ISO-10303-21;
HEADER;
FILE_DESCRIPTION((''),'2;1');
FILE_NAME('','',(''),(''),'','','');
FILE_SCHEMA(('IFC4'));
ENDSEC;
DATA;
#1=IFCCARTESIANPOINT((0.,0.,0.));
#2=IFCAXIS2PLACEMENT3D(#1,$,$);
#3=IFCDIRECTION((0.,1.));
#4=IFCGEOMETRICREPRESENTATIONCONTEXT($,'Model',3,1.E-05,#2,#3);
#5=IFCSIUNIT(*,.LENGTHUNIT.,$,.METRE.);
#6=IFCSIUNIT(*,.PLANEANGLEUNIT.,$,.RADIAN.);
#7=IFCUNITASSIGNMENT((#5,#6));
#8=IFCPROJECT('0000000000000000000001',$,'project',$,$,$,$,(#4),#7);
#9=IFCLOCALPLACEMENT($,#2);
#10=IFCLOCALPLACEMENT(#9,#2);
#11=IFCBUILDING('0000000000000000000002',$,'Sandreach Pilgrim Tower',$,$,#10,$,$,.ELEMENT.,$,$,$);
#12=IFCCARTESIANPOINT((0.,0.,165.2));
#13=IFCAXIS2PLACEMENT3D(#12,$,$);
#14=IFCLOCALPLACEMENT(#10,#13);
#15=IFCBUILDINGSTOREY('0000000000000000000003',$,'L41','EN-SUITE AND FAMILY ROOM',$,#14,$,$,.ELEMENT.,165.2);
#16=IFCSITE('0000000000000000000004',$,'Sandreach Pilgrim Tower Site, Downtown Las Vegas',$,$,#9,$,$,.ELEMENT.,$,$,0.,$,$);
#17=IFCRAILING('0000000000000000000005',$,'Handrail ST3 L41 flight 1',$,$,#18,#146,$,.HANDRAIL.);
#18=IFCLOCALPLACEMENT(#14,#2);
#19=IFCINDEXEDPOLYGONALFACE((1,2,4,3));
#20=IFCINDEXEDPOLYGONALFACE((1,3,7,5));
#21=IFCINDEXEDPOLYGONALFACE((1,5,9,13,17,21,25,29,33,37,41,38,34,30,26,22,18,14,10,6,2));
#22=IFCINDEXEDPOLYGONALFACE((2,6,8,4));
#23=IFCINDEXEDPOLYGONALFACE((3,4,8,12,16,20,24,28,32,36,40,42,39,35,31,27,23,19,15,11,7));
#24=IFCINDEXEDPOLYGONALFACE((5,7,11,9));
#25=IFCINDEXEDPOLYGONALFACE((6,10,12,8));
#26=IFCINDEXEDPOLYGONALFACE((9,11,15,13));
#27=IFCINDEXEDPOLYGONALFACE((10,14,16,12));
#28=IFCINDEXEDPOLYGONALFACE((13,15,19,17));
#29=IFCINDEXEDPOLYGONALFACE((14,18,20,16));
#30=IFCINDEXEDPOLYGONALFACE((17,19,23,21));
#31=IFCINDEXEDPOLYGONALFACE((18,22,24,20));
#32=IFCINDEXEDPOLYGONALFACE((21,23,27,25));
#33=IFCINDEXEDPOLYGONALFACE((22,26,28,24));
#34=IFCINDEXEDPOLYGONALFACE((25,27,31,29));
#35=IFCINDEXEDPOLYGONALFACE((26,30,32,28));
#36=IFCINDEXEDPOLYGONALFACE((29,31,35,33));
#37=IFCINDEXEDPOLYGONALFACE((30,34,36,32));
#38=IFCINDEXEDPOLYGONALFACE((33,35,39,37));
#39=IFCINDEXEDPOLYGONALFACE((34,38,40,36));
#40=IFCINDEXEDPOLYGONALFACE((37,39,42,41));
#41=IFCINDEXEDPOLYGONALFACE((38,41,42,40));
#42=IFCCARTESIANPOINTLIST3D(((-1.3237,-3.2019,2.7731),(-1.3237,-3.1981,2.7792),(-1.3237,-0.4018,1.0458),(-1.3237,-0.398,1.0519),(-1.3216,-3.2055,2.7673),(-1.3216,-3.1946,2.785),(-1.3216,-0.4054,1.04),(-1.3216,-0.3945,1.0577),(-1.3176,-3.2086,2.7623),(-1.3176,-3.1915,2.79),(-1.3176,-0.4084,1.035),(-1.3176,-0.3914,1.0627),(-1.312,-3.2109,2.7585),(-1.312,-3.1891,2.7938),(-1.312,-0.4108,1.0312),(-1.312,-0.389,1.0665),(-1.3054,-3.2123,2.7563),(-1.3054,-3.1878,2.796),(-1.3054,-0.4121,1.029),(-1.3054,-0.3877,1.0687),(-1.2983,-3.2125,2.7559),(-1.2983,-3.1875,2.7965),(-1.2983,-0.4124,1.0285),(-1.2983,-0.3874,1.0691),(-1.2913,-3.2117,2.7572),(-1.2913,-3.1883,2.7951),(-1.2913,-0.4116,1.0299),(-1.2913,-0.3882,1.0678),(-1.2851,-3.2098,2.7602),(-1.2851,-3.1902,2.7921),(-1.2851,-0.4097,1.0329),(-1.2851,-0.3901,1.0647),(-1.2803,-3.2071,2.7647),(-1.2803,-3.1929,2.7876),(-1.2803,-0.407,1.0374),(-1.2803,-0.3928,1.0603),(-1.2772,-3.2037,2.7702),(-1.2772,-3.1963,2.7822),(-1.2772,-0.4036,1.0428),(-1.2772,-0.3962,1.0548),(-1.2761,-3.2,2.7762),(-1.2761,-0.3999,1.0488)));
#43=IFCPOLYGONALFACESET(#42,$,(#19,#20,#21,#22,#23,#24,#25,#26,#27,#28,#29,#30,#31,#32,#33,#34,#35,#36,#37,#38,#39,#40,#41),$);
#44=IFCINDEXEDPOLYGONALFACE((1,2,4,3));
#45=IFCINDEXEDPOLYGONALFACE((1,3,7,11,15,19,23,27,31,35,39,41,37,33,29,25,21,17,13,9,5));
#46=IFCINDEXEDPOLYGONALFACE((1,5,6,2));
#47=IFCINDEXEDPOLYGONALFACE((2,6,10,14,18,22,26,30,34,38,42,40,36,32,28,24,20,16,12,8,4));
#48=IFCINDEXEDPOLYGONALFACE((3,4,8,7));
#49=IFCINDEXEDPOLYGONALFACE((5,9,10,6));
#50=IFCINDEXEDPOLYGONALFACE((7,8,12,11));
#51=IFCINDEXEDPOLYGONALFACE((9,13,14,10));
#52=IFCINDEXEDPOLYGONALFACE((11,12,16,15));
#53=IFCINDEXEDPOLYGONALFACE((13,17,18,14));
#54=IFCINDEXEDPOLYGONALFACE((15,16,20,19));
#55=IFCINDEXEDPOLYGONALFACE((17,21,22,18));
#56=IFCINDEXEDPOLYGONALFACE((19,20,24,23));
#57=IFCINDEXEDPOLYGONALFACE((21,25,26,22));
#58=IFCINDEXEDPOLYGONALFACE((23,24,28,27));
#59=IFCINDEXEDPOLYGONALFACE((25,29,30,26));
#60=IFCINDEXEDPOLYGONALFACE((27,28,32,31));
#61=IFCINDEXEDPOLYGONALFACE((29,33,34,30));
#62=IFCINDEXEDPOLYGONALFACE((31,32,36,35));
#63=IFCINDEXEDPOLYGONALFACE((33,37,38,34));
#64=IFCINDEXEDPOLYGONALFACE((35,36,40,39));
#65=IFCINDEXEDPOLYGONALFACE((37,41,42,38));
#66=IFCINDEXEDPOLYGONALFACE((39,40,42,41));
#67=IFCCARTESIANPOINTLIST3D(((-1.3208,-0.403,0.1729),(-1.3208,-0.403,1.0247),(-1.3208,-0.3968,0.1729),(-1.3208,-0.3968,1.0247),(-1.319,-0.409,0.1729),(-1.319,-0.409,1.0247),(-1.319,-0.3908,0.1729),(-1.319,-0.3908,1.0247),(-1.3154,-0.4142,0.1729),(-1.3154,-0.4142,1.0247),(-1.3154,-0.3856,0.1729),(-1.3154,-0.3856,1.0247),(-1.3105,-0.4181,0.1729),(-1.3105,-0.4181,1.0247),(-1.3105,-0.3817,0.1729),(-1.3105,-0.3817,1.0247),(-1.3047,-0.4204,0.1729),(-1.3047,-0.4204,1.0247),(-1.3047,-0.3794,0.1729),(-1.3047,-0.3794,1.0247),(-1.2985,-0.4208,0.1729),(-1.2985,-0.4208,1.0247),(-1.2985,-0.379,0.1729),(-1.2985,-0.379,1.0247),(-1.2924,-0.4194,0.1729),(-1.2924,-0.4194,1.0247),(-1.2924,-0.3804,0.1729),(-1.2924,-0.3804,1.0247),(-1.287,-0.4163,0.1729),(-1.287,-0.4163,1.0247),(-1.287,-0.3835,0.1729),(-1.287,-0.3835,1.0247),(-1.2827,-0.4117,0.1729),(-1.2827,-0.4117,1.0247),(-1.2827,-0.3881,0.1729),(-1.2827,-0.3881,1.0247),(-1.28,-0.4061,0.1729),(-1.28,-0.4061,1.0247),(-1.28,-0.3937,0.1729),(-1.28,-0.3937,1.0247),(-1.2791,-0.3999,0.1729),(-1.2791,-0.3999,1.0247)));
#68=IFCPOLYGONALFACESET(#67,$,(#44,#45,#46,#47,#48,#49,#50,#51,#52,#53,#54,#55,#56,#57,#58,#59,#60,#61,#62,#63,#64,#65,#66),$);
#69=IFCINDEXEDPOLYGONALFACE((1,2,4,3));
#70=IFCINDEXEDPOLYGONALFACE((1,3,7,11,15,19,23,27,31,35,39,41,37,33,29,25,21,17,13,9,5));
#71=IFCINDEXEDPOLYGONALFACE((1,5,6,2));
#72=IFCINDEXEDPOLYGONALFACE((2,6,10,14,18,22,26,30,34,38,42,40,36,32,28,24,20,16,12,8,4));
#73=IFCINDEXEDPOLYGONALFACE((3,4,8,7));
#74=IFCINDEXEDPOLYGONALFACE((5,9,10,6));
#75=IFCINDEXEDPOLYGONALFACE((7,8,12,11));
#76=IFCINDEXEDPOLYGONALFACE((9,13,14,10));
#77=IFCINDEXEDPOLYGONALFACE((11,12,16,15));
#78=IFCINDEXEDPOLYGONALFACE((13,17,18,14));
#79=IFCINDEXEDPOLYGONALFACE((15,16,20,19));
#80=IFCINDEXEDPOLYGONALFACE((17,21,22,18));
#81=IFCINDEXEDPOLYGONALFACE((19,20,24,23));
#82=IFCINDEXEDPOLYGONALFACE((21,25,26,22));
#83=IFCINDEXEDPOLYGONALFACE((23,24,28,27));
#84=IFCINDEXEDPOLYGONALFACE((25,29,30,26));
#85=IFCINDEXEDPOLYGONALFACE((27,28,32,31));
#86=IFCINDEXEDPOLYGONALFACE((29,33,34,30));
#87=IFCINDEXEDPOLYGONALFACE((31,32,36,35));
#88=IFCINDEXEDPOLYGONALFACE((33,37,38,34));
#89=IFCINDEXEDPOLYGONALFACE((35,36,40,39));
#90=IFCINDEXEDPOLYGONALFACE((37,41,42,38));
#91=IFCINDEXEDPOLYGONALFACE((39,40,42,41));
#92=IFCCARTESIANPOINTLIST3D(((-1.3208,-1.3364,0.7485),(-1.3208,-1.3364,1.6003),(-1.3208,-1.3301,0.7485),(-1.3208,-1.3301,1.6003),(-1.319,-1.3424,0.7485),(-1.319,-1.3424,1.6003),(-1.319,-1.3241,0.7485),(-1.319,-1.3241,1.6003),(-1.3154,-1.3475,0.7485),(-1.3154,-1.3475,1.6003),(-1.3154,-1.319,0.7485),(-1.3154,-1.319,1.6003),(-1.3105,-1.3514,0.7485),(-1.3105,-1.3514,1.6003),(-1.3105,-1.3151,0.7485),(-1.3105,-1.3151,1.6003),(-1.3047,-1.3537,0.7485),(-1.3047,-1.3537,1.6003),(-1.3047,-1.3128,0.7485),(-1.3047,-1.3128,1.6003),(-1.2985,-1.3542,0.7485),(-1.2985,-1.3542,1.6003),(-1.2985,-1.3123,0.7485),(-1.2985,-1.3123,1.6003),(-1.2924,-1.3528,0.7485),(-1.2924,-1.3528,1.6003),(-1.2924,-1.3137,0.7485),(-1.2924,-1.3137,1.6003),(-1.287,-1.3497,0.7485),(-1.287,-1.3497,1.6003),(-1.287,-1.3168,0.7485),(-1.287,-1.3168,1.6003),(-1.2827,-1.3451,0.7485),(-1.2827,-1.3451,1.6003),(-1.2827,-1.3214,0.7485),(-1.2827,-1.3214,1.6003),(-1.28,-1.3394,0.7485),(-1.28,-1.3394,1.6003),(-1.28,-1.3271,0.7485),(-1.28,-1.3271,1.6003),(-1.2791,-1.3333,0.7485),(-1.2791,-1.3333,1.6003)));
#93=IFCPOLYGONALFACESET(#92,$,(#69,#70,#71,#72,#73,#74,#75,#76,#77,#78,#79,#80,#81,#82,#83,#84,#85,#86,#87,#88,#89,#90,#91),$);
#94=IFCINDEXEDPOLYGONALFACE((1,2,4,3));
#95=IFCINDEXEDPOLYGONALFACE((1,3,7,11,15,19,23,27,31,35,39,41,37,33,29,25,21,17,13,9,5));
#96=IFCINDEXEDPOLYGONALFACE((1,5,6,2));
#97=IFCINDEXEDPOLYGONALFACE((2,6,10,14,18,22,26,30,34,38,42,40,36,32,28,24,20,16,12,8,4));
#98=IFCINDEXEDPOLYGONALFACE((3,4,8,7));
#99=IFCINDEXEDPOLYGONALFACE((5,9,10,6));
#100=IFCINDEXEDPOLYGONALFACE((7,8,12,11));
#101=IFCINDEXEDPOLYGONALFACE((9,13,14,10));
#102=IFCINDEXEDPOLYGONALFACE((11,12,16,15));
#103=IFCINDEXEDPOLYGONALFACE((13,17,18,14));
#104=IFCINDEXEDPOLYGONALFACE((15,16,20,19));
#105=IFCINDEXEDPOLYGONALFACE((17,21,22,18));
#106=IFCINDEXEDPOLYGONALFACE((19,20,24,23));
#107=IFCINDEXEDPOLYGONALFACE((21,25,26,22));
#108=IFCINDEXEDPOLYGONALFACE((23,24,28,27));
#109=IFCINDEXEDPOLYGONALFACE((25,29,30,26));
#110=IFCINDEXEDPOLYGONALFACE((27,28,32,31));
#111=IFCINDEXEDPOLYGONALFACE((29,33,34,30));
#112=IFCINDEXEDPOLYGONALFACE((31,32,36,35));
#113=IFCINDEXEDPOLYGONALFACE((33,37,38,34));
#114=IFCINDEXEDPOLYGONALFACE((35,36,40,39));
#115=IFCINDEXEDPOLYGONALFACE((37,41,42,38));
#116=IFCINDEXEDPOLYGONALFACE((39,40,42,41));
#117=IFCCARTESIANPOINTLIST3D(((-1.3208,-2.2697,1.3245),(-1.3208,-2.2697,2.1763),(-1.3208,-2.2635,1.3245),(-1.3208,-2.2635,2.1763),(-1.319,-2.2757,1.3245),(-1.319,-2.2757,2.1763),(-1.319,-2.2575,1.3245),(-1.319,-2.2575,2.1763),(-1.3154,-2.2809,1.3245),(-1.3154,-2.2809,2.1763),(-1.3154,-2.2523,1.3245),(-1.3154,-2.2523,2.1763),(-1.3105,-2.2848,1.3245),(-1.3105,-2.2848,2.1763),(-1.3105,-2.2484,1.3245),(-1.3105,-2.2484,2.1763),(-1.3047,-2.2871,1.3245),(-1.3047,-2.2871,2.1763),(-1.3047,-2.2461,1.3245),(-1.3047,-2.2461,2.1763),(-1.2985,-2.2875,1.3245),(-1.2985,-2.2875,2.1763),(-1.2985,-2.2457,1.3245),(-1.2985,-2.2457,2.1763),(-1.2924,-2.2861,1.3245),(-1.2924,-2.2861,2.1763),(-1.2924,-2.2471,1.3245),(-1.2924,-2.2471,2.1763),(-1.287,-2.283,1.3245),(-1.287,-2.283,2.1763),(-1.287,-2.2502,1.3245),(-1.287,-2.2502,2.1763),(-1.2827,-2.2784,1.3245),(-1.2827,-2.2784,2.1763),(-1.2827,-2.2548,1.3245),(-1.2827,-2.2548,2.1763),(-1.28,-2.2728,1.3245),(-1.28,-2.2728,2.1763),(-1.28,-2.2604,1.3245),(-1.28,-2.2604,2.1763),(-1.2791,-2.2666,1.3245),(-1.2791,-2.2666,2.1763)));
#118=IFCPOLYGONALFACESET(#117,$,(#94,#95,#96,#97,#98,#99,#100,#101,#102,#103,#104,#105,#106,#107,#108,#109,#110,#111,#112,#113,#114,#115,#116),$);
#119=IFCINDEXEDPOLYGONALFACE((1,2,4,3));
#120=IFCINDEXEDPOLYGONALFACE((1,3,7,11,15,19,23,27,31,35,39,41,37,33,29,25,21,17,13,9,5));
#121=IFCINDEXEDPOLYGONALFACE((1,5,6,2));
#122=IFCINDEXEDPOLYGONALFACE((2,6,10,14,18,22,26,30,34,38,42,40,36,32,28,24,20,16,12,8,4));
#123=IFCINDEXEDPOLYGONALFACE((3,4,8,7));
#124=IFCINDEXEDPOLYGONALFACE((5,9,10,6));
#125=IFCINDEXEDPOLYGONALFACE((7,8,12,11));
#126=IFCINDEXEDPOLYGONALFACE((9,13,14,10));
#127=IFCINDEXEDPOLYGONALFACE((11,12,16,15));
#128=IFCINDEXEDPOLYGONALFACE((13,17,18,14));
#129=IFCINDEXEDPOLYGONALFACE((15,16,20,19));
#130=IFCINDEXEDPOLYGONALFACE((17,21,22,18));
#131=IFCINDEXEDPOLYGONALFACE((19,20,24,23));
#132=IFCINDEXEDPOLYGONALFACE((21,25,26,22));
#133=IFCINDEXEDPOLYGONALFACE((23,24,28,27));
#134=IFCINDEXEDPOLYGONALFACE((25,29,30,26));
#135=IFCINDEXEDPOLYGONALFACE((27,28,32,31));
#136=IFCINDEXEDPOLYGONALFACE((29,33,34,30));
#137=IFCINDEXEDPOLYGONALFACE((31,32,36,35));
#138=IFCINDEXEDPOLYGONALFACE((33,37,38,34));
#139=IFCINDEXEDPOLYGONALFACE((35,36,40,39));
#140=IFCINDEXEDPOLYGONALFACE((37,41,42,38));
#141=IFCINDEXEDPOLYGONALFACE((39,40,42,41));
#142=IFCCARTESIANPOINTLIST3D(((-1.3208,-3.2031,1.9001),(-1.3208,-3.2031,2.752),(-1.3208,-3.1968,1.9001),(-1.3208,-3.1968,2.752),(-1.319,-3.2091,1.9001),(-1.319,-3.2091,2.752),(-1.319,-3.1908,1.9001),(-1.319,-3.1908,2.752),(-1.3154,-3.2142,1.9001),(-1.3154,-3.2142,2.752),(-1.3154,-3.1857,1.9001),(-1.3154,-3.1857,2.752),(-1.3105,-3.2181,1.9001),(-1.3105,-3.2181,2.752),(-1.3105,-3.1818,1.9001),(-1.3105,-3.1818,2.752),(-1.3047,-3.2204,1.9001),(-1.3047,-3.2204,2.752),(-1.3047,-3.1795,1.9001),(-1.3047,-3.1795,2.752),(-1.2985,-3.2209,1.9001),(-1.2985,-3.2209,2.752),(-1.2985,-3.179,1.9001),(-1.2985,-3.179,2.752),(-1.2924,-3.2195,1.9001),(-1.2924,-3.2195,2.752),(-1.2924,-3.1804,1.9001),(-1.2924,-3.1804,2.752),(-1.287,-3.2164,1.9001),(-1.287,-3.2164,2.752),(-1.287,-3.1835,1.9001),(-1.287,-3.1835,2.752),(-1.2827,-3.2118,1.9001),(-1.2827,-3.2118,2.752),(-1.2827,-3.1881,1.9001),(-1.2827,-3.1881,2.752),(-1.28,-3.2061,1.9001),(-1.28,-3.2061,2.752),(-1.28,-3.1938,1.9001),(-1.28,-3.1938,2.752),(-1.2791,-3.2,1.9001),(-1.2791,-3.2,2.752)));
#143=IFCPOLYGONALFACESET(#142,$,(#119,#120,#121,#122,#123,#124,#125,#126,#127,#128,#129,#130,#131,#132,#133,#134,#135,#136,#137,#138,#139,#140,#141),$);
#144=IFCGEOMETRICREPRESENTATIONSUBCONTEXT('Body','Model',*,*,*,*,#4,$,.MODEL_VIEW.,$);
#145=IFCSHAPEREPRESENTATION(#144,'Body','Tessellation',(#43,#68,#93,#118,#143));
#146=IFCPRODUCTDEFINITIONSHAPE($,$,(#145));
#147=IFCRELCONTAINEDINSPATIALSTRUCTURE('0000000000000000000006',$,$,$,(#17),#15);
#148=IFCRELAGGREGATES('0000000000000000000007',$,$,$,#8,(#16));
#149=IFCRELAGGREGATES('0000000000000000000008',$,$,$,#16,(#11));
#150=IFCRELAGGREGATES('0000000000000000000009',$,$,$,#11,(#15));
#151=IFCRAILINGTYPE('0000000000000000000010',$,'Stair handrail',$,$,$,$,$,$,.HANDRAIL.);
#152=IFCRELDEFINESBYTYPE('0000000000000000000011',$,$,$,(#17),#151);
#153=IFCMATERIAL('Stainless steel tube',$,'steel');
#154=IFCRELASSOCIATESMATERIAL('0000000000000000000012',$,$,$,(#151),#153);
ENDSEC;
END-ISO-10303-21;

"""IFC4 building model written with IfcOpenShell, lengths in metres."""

from ifc_helpers import new_model, si_unit, direction, frame, origin, origin_2d, place, context, subcontext, project, spatial, circle, extrude, material, type_object, element, save


model = new_model("IFC4")

# Units and contexts
model_context = context("Model", 3, precision=1e-05, world=origin(), true_north=direction((0.0, 1.0)))
body_context = subcontext(model_context, "Body", "Model", "MODEL_VIEW")
ifc_project = project(units=[si_unit("LENGTHUNIT", "METRE"), si_unit("PLANEANGLEUNIT", "RADIAN")], contexts=[model_context])

# Site, building, storey
site_placement = place(None, origin())
site = spatial("IfcSite", under=ifc_project, at=site_placement, Name="Sandreach Pilgrim Tower Site, Downtown Las Vegas", CompositionType="ELEMENT", RefElevation=0.0)
building_placement = place(site_placement, origin())
building = spatial("IfcBuilding", under=site, at=building_placement, Name="Sandreach Pilgrim Tower", CompositionType="ELEMENT")
storey_placement = place(building_placement, frame((0.0, 0.0, 165.2)))
storey = spatial("IfcBuildingStorey", under=building, at=storey_placement, Name="L41", Description="EN-SUITE AND FAMILY ROOM", CompositionType="ELEMENT", Elevation=165.2)

# Railing
ifc_material_1 = material(Name="Stainless steel tube", Category="steel")
railing_type = type_object("IfcRailingType", Name="Stair handrail", PredefinedType="HANDRAIL", material=ifc_material_1)
for number, where, name in (
    (1, (-1.3, -0.3999, 0.1729), "Handrail ST3 L41 flight 1"),
):
    element("IfcRailing", number, at=place(storey_placement, frame(where)), inside=storey, type_object=railing_type, Name=name, PredefinedType="HANDRAIL", context=body_context, shape_type="SweptSolid", body=[
        extrude(circle(Radius=0.0239, at=origin_2d()), frame((0.0, 0.0, 0.876), z_axis=(0.0, -0.85109, 0.52502), x_axis=(1.0, 0.0, 0.0)), (0.0, 0.0, 1.0), 3.29),
        extrude(circle(Radius=0.021, at=origin_2d()), origin(), (0.0, 0.0, 1.0), 0.8518),
        extrude(circle(Radius=0.021, at=origin_2d()), frame((0.0, -0.9333, 0.5757)), (0.0, 0.0, 1.0), 0.8518),
        extrude(circle(Radius=0.021, at=origin_2d()), frame((0.0, -1.8667, 1.1516)), (0.0, 0.0, 1.0), 0.8518),
        extrude(circle(Radius=0.021, at=origin_2d()), frame((0.0, -2.8, 1.7273)), (0.0, 0.0, 1.0), 0.8518),
    ])

save(model, "model.ifc")
